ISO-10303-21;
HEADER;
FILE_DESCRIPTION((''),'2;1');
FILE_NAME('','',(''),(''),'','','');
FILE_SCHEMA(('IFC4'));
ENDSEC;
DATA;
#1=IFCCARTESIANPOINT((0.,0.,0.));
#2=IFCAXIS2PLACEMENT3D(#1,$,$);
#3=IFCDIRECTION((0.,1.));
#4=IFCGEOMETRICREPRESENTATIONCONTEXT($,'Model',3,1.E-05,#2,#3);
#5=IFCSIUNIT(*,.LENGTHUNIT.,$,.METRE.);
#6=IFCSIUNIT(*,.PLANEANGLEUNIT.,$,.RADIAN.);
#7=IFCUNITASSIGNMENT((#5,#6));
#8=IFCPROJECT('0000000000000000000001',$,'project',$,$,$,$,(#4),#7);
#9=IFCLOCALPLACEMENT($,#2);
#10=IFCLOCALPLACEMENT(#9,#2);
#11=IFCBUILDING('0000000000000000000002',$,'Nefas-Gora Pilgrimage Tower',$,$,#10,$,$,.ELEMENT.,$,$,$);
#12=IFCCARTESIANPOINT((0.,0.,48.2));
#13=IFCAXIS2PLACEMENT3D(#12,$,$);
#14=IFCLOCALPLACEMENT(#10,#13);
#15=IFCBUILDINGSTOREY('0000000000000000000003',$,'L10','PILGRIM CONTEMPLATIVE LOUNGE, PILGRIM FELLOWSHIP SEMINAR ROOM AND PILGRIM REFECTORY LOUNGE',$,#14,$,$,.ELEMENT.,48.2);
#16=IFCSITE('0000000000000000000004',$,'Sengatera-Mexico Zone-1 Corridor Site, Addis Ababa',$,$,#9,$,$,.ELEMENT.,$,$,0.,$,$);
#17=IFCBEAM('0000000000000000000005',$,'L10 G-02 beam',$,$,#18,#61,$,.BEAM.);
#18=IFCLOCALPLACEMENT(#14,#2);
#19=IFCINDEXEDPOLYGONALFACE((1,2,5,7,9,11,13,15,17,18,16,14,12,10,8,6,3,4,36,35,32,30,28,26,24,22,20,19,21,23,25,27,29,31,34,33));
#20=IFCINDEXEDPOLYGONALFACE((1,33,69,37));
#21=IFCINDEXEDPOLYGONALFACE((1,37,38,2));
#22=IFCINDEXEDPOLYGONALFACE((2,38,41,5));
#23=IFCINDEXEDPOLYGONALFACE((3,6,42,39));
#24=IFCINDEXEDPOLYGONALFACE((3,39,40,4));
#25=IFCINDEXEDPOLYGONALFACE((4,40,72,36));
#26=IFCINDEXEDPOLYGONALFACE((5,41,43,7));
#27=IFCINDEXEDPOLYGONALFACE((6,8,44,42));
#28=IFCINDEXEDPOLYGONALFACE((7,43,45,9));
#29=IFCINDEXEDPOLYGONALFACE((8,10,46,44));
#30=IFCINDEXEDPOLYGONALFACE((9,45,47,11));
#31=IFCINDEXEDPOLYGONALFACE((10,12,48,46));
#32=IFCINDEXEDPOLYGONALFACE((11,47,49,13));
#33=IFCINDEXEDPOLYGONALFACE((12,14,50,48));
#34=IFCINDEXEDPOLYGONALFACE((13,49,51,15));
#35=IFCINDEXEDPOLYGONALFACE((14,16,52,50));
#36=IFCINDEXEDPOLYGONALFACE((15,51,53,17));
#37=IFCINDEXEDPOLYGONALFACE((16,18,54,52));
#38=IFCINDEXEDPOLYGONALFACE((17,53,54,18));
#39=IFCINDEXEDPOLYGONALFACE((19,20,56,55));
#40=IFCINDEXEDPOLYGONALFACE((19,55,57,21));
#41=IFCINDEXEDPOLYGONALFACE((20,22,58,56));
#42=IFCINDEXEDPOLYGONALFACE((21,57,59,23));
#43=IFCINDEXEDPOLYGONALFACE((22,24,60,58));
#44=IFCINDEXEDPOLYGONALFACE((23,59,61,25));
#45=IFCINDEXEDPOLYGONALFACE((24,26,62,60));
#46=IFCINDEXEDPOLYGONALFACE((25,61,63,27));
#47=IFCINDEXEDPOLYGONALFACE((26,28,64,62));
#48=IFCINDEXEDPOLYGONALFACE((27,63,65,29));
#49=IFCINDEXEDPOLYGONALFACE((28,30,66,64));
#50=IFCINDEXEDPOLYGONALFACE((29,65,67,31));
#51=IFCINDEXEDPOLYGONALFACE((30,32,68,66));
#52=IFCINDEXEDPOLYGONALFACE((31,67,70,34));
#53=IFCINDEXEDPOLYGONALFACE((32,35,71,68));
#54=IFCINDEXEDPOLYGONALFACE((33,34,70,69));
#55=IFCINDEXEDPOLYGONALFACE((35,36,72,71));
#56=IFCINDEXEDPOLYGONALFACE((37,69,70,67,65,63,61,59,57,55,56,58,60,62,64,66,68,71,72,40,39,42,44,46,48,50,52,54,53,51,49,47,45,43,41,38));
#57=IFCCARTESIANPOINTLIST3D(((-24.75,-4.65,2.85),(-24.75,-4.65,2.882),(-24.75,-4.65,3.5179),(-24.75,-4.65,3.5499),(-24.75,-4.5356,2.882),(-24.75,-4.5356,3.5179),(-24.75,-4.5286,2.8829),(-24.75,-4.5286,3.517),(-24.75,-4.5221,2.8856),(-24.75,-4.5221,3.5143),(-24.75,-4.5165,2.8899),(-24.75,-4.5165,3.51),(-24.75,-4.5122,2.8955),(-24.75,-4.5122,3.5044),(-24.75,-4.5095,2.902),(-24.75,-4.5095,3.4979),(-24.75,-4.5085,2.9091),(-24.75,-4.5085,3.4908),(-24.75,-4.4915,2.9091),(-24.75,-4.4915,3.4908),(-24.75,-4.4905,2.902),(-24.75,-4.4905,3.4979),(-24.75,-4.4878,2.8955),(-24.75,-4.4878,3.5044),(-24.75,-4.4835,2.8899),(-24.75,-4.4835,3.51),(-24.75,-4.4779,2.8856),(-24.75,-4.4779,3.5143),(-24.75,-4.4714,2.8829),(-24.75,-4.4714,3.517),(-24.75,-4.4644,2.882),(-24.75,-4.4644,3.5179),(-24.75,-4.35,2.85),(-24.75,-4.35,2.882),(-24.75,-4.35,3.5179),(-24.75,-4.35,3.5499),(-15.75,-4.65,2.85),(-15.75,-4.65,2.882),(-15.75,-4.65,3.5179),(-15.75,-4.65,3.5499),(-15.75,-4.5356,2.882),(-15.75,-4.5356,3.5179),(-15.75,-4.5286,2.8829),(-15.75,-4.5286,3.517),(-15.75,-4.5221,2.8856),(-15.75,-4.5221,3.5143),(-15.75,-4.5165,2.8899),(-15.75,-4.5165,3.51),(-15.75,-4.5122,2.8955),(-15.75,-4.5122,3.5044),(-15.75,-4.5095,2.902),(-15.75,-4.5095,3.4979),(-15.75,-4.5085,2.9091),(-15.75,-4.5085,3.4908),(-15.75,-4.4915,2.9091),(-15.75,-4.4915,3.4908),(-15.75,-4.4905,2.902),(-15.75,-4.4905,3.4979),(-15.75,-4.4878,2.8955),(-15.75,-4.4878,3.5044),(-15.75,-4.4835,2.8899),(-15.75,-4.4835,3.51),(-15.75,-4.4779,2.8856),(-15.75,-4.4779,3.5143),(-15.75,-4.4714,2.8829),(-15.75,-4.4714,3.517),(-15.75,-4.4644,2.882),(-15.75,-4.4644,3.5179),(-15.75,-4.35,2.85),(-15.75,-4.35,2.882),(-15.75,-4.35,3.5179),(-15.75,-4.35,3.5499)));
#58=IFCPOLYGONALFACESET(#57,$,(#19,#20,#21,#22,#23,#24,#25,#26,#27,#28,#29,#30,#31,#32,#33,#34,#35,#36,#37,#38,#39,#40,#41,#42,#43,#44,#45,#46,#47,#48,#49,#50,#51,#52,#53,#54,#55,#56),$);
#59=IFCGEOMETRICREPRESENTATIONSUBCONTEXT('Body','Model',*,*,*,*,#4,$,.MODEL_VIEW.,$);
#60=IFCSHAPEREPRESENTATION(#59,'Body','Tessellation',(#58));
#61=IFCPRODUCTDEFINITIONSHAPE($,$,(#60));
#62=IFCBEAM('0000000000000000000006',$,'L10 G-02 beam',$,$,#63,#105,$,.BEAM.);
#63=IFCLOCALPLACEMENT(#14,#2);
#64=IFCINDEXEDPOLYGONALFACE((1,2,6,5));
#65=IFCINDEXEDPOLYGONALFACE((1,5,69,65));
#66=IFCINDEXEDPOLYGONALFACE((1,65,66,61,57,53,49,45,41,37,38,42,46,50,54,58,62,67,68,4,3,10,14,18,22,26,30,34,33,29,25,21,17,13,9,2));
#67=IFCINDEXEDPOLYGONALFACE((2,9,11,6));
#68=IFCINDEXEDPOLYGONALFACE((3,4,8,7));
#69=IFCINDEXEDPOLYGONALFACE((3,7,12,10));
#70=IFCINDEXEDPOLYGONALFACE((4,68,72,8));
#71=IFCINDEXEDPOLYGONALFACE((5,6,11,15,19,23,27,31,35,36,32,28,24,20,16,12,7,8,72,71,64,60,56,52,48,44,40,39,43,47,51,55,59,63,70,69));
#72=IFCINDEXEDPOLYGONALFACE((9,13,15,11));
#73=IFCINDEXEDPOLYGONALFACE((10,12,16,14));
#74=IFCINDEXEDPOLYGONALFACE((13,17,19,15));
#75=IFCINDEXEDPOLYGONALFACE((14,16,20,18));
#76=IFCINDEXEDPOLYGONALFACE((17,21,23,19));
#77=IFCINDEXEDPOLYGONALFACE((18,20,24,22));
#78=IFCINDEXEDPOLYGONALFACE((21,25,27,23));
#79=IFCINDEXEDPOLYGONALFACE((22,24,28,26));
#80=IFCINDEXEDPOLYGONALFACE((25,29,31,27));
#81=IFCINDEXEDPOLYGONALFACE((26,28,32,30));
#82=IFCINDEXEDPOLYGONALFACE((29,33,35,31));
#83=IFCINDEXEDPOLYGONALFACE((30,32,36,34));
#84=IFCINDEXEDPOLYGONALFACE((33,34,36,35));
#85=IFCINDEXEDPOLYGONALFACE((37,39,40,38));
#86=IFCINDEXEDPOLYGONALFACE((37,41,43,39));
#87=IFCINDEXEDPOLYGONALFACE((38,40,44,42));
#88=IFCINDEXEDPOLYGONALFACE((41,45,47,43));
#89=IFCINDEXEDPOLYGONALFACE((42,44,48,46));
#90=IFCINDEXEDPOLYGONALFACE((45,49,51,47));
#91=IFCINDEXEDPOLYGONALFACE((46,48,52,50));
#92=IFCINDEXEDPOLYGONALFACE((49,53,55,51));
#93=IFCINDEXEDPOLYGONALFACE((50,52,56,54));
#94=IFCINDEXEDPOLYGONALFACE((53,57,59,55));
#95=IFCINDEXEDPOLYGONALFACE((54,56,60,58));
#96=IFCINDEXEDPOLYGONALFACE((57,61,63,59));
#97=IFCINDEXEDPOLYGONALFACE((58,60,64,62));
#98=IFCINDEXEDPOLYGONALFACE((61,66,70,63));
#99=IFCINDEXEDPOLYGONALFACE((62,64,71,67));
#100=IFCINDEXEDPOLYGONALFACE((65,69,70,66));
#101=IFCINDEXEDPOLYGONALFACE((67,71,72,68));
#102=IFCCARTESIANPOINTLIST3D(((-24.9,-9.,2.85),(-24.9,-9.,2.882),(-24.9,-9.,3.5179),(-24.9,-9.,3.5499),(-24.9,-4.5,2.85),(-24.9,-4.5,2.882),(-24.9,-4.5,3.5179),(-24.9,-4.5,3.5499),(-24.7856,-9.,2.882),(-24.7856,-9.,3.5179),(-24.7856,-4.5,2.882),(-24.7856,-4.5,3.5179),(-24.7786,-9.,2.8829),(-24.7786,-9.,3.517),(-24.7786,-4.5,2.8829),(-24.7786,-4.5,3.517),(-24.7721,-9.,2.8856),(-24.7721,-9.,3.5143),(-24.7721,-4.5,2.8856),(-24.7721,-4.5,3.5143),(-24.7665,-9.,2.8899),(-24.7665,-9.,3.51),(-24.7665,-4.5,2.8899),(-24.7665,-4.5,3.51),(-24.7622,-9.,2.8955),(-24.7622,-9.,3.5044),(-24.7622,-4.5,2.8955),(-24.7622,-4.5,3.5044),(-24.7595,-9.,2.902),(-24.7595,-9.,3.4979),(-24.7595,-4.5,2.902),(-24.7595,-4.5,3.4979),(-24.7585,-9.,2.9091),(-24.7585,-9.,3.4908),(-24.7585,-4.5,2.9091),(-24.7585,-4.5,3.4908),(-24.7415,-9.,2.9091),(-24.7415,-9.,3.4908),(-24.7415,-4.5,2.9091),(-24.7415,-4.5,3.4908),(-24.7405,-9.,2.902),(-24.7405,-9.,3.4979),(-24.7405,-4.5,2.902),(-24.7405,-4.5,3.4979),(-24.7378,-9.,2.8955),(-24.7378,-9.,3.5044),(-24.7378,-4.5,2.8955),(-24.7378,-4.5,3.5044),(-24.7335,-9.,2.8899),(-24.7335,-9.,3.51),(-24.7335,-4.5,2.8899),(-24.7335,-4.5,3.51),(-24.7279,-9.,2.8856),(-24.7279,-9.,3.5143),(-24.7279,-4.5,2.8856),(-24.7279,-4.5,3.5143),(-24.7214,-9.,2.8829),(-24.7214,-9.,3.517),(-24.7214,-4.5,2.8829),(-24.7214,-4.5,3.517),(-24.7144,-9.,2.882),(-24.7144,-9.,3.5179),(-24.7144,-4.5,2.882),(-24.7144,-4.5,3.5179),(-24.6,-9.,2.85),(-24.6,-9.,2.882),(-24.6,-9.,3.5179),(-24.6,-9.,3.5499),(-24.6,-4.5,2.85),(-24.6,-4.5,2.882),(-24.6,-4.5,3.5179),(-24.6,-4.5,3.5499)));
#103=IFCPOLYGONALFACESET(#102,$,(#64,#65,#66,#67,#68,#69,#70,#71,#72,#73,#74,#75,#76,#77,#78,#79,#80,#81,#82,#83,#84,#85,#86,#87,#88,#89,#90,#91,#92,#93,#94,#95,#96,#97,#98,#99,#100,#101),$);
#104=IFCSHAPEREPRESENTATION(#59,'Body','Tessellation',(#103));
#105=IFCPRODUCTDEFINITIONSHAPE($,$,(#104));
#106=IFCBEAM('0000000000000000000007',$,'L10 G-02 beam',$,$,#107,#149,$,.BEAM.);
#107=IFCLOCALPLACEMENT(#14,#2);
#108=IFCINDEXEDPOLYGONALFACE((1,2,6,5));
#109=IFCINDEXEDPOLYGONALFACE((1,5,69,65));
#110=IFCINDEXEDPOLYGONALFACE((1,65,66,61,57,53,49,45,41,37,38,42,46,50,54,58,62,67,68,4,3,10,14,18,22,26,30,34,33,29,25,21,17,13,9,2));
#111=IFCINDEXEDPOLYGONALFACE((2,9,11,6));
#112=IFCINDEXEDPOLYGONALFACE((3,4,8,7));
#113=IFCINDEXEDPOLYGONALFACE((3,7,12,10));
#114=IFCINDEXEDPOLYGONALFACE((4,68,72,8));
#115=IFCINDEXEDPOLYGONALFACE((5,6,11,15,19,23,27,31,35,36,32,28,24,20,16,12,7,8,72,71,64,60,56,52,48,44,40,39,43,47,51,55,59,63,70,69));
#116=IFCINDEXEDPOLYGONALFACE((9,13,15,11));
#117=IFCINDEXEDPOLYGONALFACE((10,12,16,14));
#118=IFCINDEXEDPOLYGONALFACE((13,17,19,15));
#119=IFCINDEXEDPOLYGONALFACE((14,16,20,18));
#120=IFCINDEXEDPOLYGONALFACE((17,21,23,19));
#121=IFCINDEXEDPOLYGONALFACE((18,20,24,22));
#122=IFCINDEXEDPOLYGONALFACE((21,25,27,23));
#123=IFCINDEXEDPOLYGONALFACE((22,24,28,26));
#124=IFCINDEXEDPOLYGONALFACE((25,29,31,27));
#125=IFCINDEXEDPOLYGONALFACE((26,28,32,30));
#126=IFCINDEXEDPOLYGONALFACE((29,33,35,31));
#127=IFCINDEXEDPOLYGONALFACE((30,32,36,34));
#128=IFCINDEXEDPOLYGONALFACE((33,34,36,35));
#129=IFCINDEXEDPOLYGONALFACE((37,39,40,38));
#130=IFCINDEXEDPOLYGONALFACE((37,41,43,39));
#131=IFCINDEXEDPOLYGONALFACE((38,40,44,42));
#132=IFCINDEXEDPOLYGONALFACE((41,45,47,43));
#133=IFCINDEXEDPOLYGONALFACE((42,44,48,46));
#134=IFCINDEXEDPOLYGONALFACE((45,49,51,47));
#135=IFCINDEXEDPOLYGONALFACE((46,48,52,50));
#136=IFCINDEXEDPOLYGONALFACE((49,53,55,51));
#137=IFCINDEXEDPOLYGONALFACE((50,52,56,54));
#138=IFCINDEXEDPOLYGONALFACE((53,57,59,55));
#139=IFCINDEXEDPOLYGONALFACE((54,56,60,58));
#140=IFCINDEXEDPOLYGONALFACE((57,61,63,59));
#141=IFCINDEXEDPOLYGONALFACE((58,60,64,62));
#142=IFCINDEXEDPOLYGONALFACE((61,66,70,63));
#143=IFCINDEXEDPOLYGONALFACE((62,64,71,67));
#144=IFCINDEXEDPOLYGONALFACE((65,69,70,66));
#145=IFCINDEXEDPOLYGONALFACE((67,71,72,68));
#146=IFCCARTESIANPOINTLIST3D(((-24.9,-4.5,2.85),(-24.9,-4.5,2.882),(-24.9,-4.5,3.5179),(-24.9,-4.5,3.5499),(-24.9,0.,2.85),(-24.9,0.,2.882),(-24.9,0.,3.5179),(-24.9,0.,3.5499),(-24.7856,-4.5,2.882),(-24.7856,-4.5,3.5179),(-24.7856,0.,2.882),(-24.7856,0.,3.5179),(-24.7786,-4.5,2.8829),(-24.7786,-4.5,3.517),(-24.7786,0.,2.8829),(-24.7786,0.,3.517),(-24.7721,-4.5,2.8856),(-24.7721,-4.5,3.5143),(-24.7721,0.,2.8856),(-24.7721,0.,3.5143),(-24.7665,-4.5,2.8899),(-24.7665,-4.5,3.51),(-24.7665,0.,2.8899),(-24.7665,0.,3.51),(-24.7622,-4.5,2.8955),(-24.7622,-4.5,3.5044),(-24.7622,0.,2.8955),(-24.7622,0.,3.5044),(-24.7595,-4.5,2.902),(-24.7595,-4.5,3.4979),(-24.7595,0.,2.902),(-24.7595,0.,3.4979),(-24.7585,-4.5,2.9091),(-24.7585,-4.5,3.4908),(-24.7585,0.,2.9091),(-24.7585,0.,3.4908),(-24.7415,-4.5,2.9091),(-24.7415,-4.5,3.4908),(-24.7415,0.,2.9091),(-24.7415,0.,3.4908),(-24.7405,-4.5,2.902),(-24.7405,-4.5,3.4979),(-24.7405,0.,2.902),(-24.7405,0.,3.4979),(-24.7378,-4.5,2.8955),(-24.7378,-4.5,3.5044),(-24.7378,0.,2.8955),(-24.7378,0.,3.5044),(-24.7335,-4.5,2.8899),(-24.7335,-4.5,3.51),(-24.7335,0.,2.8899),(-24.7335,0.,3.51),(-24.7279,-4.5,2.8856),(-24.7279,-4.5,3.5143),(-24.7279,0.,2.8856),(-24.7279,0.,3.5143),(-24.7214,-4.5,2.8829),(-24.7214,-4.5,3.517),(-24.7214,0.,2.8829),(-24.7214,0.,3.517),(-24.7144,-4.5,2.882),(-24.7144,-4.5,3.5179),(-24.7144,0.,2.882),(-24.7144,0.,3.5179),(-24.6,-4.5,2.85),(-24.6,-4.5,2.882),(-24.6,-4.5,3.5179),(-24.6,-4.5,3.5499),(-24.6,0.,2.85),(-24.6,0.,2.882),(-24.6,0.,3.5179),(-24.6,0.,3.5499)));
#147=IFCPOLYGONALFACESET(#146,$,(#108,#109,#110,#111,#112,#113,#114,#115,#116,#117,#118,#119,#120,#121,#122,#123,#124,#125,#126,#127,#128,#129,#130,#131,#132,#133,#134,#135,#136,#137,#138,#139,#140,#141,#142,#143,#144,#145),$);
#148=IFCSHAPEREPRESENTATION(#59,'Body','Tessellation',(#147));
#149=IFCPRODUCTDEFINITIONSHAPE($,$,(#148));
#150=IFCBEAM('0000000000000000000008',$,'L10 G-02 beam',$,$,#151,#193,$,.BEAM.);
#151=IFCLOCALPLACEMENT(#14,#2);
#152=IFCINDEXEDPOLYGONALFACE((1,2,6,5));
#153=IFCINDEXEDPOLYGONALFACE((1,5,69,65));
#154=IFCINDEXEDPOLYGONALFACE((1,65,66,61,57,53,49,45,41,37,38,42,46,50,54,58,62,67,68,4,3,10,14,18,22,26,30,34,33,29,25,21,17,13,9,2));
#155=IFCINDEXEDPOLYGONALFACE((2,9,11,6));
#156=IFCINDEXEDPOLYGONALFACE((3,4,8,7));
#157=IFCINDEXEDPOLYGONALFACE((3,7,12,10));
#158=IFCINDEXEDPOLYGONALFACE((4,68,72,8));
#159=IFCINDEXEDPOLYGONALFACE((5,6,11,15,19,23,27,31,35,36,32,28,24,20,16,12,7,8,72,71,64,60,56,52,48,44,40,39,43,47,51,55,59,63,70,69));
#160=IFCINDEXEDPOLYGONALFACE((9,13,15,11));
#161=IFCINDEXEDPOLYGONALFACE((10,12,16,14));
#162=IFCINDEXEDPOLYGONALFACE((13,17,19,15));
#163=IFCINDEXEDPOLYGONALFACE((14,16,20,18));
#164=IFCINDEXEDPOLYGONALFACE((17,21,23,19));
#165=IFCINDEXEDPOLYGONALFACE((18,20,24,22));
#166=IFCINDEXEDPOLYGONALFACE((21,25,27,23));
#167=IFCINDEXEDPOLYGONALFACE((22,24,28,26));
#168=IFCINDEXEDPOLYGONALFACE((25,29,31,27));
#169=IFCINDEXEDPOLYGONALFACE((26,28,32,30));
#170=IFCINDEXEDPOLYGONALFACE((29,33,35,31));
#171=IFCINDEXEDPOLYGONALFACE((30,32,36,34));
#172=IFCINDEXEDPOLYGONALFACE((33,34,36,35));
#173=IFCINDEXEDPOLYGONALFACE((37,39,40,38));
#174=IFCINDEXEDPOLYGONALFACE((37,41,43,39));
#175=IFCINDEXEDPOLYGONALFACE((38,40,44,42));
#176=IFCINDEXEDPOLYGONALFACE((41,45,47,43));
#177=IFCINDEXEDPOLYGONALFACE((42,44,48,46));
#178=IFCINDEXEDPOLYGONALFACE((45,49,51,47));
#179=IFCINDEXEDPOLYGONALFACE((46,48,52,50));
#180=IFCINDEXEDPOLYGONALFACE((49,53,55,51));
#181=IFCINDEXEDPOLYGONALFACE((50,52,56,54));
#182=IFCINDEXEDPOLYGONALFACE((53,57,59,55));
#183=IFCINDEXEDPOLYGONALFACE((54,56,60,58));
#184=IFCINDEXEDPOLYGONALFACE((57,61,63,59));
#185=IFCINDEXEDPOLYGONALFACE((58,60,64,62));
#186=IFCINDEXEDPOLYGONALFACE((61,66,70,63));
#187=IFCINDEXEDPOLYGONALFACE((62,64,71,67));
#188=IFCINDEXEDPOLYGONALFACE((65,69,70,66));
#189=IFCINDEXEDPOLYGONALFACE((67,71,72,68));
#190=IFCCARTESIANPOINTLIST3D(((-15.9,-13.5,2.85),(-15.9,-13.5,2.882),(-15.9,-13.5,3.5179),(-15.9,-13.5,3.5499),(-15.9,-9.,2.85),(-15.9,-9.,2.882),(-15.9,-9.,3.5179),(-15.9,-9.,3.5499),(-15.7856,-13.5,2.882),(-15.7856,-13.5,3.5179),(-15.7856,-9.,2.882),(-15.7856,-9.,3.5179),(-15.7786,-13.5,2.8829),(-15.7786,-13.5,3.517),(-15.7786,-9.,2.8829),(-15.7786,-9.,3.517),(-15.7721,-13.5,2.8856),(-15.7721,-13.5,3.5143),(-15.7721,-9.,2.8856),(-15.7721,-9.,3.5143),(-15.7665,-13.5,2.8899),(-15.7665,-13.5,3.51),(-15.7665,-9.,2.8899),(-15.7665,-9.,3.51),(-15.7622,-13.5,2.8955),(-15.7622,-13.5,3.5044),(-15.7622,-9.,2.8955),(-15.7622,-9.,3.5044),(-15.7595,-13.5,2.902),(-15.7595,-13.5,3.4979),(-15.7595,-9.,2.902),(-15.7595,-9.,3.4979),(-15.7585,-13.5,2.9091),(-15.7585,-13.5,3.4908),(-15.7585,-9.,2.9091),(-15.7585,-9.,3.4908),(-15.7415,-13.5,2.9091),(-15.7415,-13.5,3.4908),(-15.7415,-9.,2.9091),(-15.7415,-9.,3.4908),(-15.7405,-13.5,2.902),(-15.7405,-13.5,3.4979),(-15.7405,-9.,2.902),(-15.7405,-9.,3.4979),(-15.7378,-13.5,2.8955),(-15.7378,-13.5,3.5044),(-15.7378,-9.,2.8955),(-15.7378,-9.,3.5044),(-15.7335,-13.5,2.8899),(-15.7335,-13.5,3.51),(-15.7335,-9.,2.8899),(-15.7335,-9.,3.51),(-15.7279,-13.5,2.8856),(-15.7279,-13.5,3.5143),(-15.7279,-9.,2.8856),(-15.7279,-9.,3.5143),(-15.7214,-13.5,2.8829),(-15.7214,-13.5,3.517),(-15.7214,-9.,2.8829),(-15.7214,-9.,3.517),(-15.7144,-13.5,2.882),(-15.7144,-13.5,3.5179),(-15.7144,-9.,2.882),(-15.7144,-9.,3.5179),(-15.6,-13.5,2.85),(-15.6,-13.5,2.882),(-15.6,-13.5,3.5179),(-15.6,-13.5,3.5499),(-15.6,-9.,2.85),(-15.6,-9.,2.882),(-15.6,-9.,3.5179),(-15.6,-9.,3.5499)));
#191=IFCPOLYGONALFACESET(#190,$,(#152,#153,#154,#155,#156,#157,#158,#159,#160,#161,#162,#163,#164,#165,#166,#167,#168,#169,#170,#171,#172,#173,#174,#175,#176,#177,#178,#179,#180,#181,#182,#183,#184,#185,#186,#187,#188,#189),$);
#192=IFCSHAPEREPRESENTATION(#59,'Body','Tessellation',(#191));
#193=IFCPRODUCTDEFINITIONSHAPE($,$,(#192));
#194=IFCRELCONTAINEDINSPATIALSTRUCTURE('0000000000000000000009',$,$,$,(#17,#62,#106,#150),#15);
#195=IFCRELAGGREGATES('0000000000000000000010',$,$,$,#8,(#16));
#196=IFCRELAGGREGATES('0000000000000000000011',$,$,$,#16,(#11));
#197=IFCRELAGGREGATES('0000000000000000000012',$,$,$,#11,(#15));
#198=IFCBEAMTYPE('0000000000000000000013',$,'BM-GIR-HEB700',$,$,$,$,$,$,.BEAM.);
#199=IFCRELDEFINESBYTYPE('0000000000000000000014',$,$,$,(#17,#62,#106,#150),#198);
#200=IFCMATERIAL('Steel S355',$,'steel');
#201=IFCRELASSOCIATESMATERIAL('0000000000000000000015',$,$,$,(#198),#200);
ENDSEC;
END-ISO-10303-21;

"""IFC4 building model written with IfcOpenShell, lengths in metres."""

from ifc_helpers import new_model, si_unit, direction, frame, origin, origin_2d, place, context, subcontext, project, spatial, i_section, extrude, source, transform, mapped, material, material_profile, profile_set, type_object, element, save


model = new_model("IFC4")

# Units and contexts
model_context = context("Model", 3, precision=1e-05, world=origin(), true_north=direction((0.0, 1.0)))
body_context = subcontext(model_context, "Body", "Model", "MODEL_VIEW")
ifc_project = project(units=[si_unit("LENGTHUNIT", "METRE"), si_unit("PLANEANGLEUNIT", "RADIAN")], contexts=[model_context])

# Site, building, storey
site_placement = place(None, origin())
site = spatial("IfcSite", under=ifc_project, at=site_placement, Name="Sengatera-Mexico Zone-1 Corridor Site, Addis Ababa", CompositionType="ELEMENT", RefElevation=0.0)
building_placement = place(site_placement, origin())
building = spatial("IfcBuilding", under=site, at=building_placement, Name="Nefas-Gora Pilgrimage Tower", CompositionType="ELEMENT")
storey_placement = place(building_placement, frame((0.0, 0.0, 48.2)))
storey = spatial("IfcBuildingStorey", under=building, at=storey_placement, Name="L10", Description="PILGRIM CONTEMPLATIVE LOUNGE, PILGRIM FELLOWSHIP SEMINAR ROOM AND PILGRIM REFECTORY LOUNGE", CompositionType="ELEMENT", Elevation=48.2)

# Beams
ifc_material_1 = material(Name="Steel S355", Category="steel")
ifc_material_profile_1 = material_profile(ifc_material_1, i_section(OverallWidth=0.3, OverallDepth=0.7, WebThickness=0.0171, FlangeThickness=0.032, FilletRadius=0.0271, at=origin_2d()), Name="HEB 700")
ifc_profile_set_1 = profile_set([ifc_material_profile_1], Name="Steel S355")
beam_type_1 = type_object("IfcBeamType", Name="BM-GIR-HEB700", PredefinedType="BEAM", material=ifc_profile_set_1)
shared_shape_1 = source(origin(), body_context, "Body", "SweptSolid", [
    extrude(i_section(OverallWidth=0.3, OverallDepth=0.7, WebThickness=0.0171, FlangeThickness=0.032, FilletRadius=0.0271, at=origin_2d()), origin(), (0.0, 0.0, 1.0), 9.0),
])
for number, where, z_axis, x_axis, name in (
    (1, (-24.75, -4.5, 3.2), (1.0, 0.0, 0.0), (0.0, 1.0, 0.0), "L10 G-02 beam"),
):
    element("IfcBeam", number, at=place(storey_placement, frame(where, z_axis=z_axis, x_axis=x_axis)), inside=storey, type_object=beam_type_1, Name=name, PredefinedType="BEAM", context=body_context, shape_type="MappedRepresentation", body=[
        mapped(shared_shape_1, transform((0.0, 0.0, 0.0), x_axis=(1.0, 0.0, 0.0), y_axis=(0.0, 1.0, 0.0), z_axis=(0.0, 0.0, 1.0), scale=1.0)),
    ])
shared_shape_2 = source(origin(), body_context, "Body", "SweptSolid", [
    extrude(i_section(OverallWidth=0.3, OverallDepth=0.7, WebThickness=0.0171, FlangeThickness=0.032, FilletRadius=0.0271, at=origin_2d()), origin(), (0.0, 0.0, 1.0), 4.5),
])
for number, where, z_axis, x_axis, name in (
    (2, (-24.75, -9.0, 3.2), (0.0, 1.0, 0.0), (-1.0, 0.0, 0.0), "L10 G-02 beam"),
    (3, (-24.75, -4.5, 3.2), (0.0, 1.0, 0.0), (-1.0, 0.0, 0.0), "L10 G-02 beam"),
    (4, (-15.75, -13.5, 3.2), (0.0, 1.0, 0.0), (-1.0, 0.0, 0.0), "L10 G-02 beam"),
):
    element("IfcBeam", number, at=place(storey_placement, frame(where, z_axis=z_axis, x_axis=x_axis)), inside=storey, type_object=beam_type_1, Name=name, PredefinedType="BEAM", context=body_context, shape_type="MappedRepresentation", body=[
        mapped(shared_shape_2, transform((0.0, 0.0, 0.0), x_axis=(1.0, 0.0, 0.0), y_axis=(0.0, 1.0, 0.0), z_axis=(0.0, 0.0, 1.0), scale=1.0)),
    ])

save(model, "model.ifc")
